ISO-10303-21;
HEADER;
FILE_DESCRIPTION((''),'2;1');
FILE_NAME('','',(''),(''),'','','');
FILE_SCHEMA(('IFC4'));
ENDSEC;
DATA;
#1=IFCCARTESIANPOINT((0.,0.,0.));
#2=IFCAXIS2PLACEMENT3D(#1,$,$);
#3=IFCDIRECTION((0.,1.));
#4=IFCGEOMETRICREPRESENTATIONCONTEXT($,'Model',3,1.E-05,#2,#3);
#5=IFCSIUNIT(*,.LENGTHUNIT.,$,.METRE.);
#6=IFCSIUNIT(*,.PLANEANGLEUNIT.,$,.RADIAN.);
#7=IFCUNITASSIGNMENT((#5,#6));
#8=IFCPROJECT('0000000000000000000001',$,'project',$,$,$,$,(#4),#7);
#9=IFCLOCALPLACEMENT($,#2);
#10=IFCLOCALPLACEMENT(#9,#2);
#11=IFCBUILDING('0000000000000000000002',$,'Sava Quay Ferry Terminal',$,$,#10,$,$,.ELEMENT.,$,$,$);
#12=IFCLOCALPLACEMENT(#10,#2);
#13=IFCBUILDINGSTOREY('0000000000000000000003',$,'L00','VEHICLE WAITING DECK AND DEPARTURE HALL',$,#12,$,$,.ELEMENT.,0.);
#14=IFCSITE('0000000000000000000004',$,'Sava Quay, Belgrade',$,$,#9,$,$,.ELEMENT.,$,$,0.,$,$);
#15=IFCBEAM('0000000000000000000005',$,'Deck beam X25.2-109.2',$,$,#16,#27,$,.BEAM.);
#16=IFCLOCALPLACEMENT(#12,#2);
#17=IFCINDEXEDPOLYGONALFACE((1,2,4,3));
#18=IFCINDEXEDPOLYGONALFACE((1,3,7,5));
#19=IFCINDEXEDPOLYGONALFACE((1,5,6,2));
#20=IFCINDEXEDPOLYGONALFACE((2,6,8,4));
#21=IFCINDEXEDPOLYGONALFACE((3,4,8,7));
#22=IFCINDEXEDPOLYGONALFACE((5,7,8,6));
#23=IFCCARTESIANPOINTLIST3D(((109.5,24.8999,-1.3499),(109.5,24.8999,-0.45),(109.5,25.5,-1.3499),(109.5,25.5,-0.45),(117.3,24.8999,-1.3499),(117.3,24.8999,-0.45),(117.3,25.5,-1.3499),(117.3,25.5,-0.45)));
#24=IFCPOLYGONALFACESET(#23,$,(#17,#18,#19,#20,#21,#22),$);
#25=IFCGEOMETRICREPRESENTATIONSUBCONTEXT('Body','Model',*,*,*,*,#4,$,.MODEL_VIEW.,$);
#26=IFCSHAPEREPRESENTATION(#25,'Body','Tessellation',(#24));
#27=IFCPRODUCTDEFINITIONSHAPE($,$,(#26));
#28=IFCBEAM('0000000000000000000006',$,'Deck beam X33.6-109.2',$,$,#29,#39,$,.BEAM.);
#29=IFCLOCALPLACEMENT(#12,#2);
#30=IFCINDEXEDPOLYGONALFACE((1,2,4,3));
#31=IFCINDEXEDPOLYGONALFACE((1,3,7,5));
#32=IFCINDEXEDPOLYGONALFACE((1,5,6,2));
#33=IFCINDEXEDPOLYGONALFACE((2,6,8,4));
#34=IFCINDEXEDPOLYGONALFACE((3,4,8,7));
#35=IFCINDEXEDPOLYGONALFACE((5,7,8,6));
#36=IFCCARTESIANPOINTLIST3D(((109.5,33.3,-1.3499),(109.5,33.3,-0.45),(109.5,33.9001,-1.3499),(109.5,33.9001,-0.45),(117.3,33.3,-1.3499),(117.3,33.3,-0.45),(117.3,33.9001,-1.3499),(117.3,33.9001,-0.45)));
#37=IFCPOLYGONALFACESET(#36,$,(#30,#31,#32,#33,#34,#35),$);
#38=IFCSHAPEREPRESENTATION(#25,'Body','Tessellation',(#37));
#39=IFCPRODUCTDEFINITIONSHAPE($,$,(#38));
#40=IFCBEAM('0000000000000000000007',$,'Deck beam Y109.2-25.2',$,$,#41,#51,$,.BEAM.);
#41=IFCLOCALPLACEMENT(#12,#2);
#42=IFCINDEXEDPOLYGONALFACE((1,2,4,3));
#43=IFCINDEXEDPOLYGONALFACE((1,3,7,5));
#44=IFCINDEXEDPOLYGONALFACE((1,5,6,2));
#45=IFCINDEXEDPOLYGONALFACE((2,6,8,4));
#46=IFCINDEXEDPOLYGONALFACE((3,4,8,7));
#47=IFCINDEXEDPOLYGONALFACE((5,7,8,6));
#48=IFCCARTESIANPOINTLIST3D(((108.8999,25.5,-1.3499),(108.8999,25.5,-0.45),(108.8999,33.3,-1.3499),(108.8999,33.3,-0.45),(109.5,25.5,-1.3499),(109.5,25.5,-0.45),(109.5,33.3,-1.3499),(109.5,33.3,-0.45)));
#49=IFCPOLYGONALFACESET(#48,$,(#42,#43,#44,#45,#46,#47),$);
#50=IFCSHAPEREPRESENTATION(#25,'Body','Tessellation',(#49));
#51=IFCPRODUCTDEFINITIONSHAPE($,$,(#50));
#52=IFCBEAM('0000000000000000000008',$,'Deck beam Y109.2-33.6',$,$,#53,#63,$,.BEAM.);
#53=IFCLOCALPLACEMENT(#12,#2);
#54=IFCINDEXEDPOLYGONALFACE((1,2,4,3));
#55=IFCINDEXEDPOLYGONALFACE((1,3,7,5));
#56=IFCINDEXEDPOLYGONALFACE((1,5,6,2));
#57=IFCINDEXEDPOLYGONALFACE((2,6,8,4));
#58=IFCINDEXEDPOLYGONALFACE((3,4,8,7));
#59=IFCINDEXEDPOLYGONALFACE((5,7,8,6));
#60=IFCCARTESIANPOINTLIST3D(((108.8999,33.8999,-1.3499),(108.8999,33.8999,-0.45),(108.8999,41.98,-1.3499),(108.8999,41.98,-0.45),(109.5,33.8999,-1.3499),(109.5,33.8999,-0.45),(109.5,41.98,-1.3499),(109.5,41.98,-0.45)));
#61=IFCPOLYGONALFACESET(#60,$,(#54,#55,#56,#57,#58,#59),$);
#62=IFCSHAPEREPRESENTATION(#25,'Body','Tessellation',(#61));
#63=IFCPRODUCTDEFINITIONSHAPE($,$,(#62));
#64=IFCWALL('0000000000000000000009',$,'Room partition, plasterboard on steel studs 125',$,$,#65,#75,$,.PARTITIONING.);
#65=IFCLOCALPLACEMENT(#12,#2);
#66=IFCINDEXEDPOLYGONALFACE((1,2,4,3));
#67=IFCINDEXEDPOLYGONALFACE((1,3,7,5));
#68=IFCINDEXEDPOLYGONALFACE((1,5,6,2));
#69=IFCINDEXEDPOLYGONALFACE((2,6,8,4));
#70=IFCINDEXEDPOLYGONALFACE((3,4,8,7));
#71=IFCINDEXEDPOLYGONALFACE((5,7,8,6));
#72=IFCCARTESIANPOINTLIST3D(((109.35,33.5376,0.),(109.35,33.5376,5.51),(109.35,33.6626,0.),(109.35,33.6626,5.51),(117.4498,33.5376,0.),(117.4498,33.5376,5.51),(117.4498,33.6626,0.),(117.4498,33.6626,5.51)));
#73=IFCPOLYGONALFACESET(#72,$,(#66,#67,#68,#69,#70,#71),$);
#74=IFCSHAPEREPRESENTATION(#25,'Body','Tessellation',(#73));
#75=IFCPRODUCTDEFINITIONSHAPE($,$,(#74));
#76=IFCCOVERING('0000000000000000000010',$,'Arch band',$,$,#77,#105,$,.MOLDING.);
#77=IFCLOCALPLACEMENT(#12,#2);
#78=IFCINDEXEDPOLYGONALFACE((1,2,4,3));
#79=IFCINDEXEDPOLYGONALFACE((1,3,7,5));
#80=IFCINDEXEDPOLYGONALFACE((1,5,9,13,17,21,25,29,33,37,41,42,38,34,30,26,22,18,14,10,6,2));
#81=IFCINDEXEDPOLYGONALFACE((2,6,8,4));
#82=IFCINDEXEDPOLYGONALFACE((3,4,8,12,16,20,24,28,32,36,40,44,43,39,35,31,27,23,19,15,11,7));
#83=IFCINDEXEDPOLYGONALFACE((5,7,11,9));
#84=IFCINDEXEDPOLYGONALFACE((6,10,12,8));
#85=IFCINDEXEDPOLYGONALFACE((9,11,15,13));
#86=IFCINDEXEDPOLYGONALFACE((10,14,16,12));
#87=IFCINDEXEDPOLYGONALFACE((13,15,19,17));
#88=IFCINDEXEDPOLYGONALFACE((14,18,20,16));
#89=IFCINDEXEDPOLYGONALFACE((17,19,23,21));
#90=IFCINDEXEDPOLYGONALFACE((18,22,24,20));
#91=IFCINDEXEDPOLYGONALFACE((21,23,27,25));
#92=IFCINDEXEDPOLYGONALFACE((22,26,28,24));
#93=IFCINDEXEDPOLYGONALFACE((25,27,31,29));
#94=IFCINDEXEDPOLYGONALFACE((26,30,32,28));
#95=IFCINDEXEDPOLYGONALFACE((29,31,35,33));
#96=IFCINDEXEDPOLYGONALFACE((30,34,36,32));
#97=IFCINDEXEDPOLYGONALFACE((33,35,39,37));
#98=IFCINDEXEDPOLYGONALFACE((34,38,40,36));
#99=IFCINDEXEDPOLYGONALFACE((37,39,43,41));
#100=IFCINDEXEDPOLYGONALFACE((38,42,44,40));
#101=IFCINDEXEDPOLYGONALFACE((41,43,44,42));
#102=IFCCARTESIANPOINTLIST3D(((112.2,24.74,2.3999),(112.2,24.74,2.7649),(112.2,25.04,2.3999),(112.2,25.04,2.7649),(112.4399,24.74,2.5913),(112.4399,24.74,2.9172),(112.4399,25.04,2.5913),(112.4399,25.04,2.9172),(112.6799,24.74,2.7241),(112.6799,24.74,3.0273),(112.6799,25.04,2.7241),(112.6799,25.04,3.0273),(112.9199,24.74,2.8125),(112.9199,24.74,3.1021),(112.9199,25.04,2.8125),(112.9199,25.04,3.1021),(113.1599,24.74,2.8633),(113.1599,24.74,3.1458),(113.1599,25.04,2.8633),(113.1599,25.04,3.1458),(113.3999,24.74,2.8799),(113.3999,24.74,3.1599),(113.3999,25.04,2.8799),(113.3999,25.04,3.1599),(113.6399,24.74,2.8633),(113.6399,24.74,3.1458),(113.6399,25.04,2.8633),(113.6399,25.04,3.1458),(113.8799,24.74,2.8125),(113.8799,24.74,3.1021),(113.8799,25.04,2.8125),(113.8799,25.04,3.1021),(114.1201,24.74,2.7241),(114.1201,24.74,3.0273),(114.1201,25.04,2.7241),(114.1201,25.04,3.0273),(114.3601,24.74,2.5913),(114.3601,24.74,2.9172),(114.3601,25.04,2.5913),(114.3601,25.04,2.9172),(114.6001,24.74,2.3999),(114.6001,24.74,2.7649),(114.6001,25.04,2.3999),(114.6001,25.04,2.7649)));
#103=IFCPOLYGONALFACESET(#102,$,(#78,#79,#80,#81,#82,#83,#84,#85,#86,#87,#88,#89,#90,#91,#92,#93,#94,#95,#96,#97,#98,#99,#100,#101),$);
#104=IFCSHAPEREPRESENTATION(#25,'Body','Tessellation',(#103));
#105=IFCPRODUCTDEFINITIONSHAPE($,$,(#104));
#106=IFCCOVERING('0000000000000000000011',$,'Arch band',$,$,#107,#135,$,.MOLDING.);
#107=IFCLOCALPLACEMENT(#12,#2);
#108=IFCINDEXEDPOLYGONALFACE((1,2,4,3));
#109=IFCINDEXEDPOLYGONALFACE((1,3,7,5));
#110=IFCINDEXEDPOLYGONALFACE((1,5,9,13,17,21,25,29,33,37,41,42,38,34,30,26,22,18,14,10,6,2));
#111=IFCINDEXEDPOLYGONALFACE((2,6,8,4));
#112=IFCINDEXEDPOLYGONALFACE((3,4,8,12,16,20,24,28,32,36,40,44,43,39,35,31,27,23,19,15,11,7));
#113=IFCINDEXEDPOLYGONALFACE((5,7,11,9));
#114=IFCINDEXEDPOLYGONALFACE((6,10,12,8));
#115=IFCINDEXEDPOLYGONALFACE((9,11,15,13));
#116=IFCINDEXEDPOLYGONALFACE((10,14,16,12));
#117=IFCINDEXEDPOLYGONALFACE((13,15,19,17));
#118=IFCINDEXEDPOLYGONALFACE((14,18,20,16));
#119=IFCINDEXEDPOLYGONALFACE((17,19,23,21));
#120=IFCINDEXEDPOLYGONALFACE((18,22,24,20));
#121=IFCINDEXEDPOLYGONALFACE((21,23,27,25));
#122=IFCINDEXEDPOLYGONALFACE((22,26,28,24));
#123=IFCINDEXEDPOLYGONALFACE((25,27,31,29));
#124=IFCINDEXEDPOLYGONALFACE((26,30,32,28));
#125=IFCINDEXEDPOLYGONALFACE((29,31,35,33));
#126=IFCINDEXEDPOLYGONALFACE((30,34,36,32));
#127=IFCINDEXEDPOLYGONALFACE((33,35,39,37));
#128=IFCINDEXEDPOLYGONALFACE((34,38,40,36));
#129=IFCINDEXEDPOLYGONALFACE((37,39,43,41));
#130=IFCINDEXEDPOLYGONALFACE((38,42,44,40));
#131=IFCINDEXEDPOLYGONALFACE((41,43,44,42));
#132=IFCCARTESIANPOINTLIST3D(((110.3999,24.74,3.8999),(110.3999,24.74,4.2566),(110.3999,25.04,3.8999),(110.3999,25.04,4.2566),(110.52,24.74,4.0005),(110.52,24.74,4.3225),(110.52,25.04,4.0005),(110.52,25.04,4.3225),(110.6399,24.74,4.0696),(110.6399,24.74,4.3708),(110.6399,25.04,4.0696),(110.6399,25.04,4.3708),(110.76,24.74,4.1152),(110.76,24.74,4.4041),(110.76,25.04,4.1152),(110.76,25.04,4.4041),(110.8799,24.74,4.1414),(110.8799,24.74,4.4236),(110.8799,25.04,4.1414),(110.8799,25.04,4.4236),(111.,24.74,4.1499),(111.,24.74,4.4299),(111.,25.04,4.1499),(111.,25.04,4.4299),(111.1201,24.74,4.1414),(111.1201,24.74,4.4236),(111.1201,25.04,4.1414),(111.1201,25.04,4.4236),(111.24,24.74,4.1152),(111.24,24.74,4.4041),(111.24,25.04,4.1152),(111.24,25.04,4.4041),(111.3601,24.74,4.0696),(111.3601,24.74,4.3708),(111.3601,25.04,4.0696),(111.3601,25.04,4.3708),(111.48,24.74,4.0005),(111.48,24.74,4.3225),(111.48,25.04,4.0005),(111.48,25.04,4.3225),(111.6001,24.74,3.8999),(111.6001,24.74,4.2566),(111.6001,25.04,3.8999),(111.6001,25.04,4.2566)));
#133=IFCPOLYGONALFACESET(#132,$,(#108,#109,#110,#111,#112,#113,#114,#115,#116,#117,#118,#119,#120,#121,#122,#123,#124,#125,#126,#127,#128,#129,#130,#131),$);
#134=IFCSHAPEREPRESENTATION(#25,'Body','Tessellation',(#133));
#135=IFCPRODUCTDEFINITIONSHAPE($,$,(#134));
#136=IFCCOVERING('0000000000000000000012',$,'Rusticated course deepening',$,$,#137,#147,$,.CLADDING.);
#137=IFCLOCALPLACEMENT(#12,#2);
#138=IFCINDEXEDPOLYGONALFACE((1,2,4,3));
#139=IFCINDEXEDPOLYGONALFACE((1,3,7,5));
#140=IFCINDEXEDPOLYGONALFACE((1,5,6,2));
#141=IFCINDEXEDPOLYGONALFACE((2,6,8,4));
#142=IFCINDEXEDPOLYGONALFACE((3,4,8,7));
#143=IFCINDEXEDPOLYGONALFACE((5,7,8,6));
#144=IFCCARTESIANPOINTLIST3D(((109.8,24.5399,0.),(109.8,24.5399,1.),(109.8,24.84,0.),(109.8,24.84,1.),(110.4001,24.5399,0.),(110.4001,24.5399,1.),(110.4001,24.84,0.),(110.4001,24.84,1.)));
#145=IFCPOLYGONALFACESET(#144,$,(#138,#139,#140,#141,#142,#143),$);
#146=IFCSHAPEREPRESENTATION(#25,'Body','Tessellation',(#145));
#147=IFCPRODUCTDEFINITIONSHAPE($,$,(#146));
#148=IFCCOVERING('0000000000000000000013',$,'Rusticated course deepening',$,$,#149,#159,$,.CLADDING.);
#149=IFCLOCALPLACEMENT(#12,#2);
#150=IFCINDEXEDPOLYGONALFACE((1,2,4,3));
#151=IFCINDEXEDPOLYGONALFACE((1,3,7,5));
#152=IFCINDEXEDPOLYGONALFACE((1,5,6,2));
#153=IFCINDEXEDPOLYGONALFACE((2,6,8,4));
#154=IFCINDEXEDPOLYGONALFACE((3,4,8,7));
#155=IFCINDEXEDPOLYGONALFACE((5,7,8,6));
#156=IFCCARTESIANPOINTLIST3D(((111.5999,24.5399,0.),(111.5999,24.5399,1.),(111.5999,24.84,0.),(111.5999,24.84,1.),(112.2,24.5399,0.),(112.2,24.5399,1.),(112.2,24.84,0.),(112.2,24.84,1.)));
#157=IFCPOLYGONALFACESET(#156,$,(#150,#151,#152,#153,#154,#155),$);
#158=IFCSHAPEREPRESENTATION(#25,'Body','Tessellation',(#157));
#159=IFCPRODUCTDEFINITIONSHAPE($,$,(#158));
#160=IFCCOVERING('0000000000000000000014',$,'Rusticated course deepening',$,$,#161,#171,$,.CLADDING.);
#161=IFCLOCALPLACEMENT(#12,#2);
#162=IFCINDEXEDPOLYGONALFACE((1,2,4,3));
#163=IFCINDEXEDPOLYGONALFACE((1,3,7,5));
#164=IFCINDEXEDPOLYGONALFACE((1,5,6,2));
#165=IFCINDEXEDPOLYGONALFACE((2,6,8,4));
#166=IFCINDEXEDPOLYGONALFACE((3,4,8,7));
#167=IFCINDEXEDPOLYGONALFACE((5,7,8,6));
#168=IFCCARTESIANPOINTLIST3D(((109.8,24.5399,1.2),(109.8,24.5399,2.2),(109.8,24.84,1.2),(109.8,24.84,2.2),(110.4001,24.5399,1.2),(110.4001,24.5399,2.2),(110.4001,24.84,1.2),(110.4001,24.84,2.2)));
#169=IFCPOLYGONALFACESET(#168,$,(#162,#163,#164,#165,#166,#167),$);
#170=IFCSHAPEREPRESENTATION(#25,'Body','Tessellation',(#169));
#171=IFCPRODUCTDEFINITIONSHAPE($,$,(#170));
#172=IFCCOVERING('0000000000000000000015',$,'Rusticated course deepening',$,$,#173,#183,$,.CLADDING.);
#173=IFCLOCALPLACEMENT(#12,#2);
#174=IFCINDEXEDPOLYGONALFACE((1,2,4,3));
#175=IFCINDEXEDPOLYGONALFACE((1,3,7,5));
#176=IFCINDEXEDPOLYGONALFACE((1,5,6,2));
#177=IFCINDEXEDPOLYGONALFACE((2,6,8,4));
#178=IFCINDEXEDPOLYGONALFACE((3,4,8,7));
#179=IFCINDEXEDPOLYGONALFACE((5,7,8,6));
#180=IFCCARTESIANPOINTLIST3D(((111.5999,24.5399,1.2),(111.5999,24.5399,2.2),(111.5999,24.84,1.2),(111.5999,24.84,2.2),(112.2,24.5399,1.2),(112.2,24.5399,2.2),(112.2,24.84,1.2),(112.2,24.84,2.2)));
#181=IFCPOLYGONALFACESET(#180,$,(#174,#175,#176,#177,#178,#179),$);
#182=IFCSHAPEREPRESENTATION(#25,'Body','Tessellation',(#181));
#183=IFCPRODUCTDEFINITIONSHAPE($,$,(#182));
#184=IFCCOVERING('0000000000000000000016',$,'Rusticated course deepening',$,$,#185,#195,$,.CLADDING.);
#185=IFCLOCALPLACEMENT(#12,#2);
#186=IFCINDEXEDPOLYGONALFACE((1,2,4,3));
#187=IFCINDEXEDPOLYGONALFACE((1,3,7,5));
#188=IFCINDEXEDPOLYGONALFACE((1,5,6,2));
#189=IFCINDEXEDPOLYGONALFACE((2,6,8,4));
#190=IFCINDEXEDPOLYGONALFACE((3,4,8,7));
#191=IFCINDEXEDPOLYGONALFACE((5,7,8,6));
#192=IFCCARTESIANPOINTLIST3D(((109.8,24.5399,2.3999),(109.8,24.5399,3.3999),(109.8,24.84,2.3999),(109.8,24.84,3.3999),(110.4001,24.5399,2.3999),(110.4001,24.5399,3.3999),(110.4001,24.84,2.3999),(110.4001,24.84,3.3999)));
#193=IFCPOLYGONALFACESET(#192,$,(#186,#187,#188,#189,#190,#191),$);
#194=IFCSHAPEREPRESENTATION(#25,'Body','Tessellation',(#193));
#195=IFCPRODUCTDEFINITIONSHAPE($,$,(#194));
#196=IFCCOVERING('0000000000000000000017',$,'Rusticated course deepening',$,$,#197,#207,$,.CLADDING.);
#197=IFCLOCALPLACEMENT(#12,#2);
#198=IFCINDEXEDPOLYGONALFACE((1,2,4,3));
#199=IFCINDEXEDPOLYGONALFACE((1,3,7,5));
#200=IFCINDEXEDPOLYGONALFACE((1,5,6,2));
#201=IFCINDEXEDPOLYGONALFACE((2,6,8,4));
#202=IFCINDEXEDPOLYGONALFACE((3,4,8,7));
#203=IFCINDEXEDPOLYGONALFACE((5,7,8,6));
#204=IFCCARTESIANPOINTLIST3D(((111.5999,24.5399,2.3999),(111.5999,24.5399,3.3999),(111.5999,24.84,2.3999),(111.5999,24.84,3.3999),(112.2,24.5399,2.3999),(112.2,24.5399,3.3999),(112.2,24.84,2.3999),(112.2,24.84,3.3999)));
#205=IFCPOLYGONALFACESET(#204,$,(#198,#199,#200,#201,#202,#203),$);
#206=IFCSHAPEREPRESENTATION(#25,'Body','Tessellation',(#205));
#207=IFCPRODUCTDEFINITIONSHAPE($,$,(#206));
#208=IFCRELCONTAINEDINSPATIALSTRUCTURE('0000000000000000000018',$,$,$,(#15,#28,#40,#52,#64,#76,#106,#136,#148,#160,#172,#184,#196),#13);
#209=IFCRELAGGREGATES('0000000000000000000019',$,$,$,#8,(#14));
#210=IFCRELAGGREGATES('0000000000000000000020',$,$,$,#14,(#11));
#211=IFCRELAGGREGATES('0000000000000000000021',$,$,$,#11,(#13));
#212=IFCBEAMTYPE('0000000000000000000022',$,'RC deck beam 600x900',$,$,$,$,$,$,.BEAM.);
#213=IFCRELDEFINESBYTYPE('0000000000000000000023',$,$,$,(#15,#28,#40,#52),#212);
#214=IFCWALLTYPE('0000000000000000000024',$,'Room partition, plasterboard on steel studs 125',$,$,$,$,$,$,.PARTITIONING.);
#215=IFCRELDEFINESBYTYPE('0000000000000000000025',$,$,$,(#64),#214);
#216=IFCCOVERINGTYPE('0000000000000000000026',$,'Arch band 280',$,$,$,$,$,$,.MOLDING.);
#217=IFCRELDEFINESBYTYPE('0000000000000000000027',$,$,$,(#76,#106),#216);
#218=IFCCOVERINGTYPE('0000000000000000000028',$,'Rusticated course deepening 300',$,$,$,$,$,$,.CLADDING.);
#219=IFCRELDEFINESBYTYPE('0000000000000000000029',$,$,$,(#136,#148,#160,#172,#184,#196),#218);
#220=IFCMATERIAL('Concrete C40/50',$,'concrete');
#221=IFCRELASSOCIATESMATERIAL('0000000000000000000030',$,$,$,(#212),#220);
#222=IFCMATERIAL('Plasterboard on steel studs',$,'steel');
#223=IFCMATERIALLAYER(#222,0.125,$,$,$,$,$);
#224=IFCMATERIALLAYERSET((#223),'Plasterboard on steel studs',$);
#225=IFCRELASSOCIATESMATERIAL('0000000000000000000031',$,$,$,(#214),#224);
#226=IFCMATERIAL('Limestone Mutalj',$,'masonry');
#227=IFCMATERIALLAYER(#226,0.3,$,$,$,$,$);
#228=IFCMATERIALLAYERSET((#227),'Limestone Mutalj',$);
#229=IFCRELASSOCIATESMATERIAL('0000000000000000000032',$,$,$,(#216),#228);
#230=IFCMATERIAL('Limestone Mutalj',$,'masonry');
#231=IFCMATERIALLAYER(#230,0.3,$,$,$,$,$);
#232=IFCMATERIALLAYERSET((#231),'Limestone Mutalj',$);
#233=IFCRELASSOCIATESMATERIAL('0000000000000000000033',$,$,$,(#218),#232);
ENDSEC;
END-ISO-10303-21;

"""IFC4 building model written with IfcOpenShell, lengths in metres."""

from ifc_helpers import new_model, si_unit, direction, frame, frame_2d, origin, origin_2d, place, context, subcontext, project, spatial, polyline, rectangle, outline, extrude, material, layer, layer_set, material_profile, profile_set, type_object, element, save


model = new_model("IFC4")

# Units and contexts
model_context = context("Model", 3, precision=1e-05, world=origin(), true_north=direction((0.0, 1.0)))
body_context = subcontext(model_context, "Body", "Model", "MODEL_VIEW")
ifc_project = project(units=[si_unit("LENGTHUNIT", "METRE"), si_unit("PLANEANGLEUNIT", "RADIAN")], contexts=[model_context])

# Site, building, storey
site_placement = place(None, origin())
site = spatial("IfcSite", under=ifc_project, at=site_placement, Name="Sava Quay, Belgrade", CompositionType="ELEMENT", RefElevation=0.0)
building_placement = place(site_placement, origin())
building = spatial("IfcBuilding", under=site, at=building_placement, Name="Sava Quay Ferry Terminal", CompositionType="ELEMENT")
storey_placement = place(building_placement, origin())
storey = spatial("IfcBuildingStorey", under=building, at=storey_placement, Name="L00", Description="VEHICLE WAITING DECK AND DEPARTURE HALL", CompositionType="ELEMENT", Elevation=0.0)

# Beams
ifc_material_1 = material(Name="Concrete C40/50", Category="concrete")
ifc_material_profile_1 = material_profile(ifc_material_1, rectangle(XDim=0.6001, YDim=0.8999, at=origin_2d()), Name="RC 600x900")
ifc_profile_set_1 = profile_set([ifc_material_profile_1], Name="Concrete C40/50")
beam_type = type_object("IfcBeamType", Name="RC deck beam 600x900", PredefinedType="BEAM", material=ifc_profile_set_1)
for number, where, z_axis, x_axis, name in (
    (1, (109.5, 25.2, -0.8999), (1.0, 0.0, 0.0), (0.0, 1.0, 0.0), "Deck beam X25.2-109.2"),
    (2, (109.5, 33.6001, -0.8999), (1.0, 0.0, 0.0), (0.0, 1.0, 0.0), "Deck beam X33.6-109.2"),
    (3, (109.2, 25.5, -0.8999), (0.0, 1.0, 0.0), (-1.0, 0.0, 0.0), "Deck beam Y109.2-25.2"),
):
    element("IfcBeam", number, at=place(storey_placement, frame(where, z_axis=z_axis, x_axis=x_axis)), inside=storey, type_object=beam_type, Name=name, PredefinedType="BEAM", context=body_context, shape_type="SweptSolid", body=[
        extrude(rectangle(XDim=0.6001, YDim=0.8999, at=origin_2d()), origin(), (0.0, 0.0, 1.0), 7.8),
    ])
beam_placement = place(storey_placement, frame((109.2, 33.8999, -0.8999), z_axis=(0.0, 1.0, 0.0), x_axis=(-1.0, 0.0, 0.0)))
element("IfcBeam", 4, at=beam_placement, inside=storey, type_object=beam_type, Name="Deck beam Y109.2-33.6", PredefinedType="BEAM", context=body_context, shape_type="SweptSolid", body=[
    extrude(rectangle(XDim=0.6001, YDim=0.8999, at=origin_2d()), origin(), (0.0, 0.0, 1.0), 8.0801),
])

# Wall
ifc_material_2 = material(Name="Plasterboard on steel studs", Category="steel")
ifc_layer_1 = layer(ifc_material_2, 0.125)
ifc_layer_set_1 = layer_set([ifc_layer_1], Name="Plasterboard on steel studs")
wall_type_1 = type_object("IfcWallType", Name="Room partition, plasterboard on steel studs 125", PredefinedType="PARTITIONING", material=ifc_layer_set_1)
wall_1_placement = place(storey_placement, frame((109.3501, 33.6001, 0.0), z_axis=(0.0, 0.0, 1.0), x_axis=(1.0, 0.0, 0.0)))
element("IfcWall", 5, at=wall_1_placement, inside=storey, type_object=wall_type_1, Name="Room partition, plasterboard on steel studs 125", PredefinedType="PARTITIONING", context=body_context, shape_type="SweptSolid", body=[
    extrude(rectangle(XDim=8.0999, YDim=0.125, at=frame_2d((4.0498, 0.0))), origin(), (0.0, 0.0, 1.0), 5.51),
])

# Coverings
ifc_material_3 = material(Name="Limestone Mutalj", Category="masonry")
ifc_layer_2 = layer(ifc_material_3, 0.3)
ifc_layer_set_2 = layer_set([ifc_layer_2], Name="Limestone Mutalj")
covering_type_1 = type_object("IfcCoveringType", Name="Arch band 280", PredefinedType="MOLDING", material=ifc_layer_set_2)
covering_1_placement = place(storey_placement, frame((112.2, 24.74, 2.3999), z_axis=(0.0, -1.0, 0.0), x_axis=(0.781799, 0.0, 0.62353)))
element("IfcCovering", 6, at=covering_1_placement, inside=storey, type_object=covering_type_1, Name="Arch band", PredefinedType="MOLDING", context=body_context, shape_type="SweptSolid", body=[
    extrude(outline(polyline([(0.0, 0.0), (0.307, 0.0), (0.5774, -0.0458), (0.8201, -0.1264), (1.0394, -0.2363), (1.2374, -0.373), (1.4147, -0.5356), (1.5706, -0.7249), (1.7033, -0.9438), (1.8082, -1.1973), (1.8764, -1.4966), (2.104, -1.2112), (2.0114, -0.9425), (1.8924, -0.7067), (1.7512, -0.4985), (1.5908, -0.3147), (1.412, -0.154), (1.2156, -0.0155), (1.0007, 0.1), (0.7665, 0.1913), (0.5102, 0.2548), (0.2276, 0.2853), (0.0, 0.0)])), origin(), (0.0, 0.0, -1.0), 0.3),
])
covering_2_placement = place(storey_placement, frame((110.3999, 24.74, 3.8999), z_axis=(0.0, -1.0, 0.0), x_axis=(0.766686, 0.0, 0.642022)))
element("IfcCovering", 7, at=covering_2_placement, inside=storey, type_object=covering_type_1, Name="Arch band", PredefinedType="MOLDING", context=body_context, shape_type="SweptSolid", body=[
    extrude(outline(polyline([(0.0, 0.0), (0.1567, 0.0), (0.2929, -0.024), (0.4143, -0.0661), (0.523, -0.123), (0.6206, -0.1936), (0.7072, -0.2773), (0.7823, -0.3743), (0.8451, -0.4864), (0.8927, -0.6163), (0.9202, -0.7706), (1.1492, -0.4971), (1.0994, -0.3694), (1.0385, -0.2554), (0.9678, -0.1528), (0.8884, -0.0609), (0.8004, 0.0211), (0.7042, 0.0933), (0.5998, 0.1553), (0.4864, 0.207), (0.3634, 0.2469), (0.229, 0.2735), (0.0, 0.0)])), origin(), (0.0, 0.0, -1.0), 0.3),
])
ifc_material_4 = material(Name="Limestone Mutalj", Category="masonry")
ifc_layer_3 = layer(ifc_material_4, 0.3)
ifc_layer_set_3 = layer_set([ifc_layer_3], Name="Limestone Mutalj")
covering_type_2 = type_object("IfcCoveringType", Name="Rusticated course deepening 300", PredefinedType="CLADDING", material=ifc_layer_set_3)
for number, where, z_axis, x_axis, name in (
    (8, (110.1001, 24.6899, 0.0), (0.0, 0.0, 1.0), (1.0, 0.0, 0.0), "Rusticated course deepening"),
    (9, (111.8999, 24.6899, 0.0), (0.0, 0.0, 1.0), (1.0, 0.0, 0.0), "Rusticated course deepening"),
    (10, (110.1001, 24.6899, 1.2), (0.0, 0.0, 1.0), (1.0, 0.0, 0.0), "Rusticated course deepening"),
    (11, (111.8999, 24.6899, 1.2), (0.0, 0.0, 1.0), (1.0, 0.0, 0.0), "Rusticated course deepening"),
    (12, (110.1001, 24.6899, 2.3999), (0.0, 0.0, 1.0), (1.0, 0.0, 0.0), "Rusticated course deepening"),
    (13, (111.8999, 24.6899, 2.3999), (0.0, 0.0, 1.0), (1.0, 0.0, 0.0), "Rusticated course deepening"),
):
    element("IfcCovering", number, at=place(storey_placement, frame(where, z_axis=z_axis, x_axis=x_axis)), inside=storey, type_object=covering_type_2, Name=name, PredefinedType="CLADDING", context=body_context, shape_type="SweptSolid", body=[
        extrude(rectangle(XDim=0.6001, YDim=0.3, at=origin_2d()), origin(), (0.0, 0.0, 1.0), 1.0),
    ])

save(model, "model.ifc")
